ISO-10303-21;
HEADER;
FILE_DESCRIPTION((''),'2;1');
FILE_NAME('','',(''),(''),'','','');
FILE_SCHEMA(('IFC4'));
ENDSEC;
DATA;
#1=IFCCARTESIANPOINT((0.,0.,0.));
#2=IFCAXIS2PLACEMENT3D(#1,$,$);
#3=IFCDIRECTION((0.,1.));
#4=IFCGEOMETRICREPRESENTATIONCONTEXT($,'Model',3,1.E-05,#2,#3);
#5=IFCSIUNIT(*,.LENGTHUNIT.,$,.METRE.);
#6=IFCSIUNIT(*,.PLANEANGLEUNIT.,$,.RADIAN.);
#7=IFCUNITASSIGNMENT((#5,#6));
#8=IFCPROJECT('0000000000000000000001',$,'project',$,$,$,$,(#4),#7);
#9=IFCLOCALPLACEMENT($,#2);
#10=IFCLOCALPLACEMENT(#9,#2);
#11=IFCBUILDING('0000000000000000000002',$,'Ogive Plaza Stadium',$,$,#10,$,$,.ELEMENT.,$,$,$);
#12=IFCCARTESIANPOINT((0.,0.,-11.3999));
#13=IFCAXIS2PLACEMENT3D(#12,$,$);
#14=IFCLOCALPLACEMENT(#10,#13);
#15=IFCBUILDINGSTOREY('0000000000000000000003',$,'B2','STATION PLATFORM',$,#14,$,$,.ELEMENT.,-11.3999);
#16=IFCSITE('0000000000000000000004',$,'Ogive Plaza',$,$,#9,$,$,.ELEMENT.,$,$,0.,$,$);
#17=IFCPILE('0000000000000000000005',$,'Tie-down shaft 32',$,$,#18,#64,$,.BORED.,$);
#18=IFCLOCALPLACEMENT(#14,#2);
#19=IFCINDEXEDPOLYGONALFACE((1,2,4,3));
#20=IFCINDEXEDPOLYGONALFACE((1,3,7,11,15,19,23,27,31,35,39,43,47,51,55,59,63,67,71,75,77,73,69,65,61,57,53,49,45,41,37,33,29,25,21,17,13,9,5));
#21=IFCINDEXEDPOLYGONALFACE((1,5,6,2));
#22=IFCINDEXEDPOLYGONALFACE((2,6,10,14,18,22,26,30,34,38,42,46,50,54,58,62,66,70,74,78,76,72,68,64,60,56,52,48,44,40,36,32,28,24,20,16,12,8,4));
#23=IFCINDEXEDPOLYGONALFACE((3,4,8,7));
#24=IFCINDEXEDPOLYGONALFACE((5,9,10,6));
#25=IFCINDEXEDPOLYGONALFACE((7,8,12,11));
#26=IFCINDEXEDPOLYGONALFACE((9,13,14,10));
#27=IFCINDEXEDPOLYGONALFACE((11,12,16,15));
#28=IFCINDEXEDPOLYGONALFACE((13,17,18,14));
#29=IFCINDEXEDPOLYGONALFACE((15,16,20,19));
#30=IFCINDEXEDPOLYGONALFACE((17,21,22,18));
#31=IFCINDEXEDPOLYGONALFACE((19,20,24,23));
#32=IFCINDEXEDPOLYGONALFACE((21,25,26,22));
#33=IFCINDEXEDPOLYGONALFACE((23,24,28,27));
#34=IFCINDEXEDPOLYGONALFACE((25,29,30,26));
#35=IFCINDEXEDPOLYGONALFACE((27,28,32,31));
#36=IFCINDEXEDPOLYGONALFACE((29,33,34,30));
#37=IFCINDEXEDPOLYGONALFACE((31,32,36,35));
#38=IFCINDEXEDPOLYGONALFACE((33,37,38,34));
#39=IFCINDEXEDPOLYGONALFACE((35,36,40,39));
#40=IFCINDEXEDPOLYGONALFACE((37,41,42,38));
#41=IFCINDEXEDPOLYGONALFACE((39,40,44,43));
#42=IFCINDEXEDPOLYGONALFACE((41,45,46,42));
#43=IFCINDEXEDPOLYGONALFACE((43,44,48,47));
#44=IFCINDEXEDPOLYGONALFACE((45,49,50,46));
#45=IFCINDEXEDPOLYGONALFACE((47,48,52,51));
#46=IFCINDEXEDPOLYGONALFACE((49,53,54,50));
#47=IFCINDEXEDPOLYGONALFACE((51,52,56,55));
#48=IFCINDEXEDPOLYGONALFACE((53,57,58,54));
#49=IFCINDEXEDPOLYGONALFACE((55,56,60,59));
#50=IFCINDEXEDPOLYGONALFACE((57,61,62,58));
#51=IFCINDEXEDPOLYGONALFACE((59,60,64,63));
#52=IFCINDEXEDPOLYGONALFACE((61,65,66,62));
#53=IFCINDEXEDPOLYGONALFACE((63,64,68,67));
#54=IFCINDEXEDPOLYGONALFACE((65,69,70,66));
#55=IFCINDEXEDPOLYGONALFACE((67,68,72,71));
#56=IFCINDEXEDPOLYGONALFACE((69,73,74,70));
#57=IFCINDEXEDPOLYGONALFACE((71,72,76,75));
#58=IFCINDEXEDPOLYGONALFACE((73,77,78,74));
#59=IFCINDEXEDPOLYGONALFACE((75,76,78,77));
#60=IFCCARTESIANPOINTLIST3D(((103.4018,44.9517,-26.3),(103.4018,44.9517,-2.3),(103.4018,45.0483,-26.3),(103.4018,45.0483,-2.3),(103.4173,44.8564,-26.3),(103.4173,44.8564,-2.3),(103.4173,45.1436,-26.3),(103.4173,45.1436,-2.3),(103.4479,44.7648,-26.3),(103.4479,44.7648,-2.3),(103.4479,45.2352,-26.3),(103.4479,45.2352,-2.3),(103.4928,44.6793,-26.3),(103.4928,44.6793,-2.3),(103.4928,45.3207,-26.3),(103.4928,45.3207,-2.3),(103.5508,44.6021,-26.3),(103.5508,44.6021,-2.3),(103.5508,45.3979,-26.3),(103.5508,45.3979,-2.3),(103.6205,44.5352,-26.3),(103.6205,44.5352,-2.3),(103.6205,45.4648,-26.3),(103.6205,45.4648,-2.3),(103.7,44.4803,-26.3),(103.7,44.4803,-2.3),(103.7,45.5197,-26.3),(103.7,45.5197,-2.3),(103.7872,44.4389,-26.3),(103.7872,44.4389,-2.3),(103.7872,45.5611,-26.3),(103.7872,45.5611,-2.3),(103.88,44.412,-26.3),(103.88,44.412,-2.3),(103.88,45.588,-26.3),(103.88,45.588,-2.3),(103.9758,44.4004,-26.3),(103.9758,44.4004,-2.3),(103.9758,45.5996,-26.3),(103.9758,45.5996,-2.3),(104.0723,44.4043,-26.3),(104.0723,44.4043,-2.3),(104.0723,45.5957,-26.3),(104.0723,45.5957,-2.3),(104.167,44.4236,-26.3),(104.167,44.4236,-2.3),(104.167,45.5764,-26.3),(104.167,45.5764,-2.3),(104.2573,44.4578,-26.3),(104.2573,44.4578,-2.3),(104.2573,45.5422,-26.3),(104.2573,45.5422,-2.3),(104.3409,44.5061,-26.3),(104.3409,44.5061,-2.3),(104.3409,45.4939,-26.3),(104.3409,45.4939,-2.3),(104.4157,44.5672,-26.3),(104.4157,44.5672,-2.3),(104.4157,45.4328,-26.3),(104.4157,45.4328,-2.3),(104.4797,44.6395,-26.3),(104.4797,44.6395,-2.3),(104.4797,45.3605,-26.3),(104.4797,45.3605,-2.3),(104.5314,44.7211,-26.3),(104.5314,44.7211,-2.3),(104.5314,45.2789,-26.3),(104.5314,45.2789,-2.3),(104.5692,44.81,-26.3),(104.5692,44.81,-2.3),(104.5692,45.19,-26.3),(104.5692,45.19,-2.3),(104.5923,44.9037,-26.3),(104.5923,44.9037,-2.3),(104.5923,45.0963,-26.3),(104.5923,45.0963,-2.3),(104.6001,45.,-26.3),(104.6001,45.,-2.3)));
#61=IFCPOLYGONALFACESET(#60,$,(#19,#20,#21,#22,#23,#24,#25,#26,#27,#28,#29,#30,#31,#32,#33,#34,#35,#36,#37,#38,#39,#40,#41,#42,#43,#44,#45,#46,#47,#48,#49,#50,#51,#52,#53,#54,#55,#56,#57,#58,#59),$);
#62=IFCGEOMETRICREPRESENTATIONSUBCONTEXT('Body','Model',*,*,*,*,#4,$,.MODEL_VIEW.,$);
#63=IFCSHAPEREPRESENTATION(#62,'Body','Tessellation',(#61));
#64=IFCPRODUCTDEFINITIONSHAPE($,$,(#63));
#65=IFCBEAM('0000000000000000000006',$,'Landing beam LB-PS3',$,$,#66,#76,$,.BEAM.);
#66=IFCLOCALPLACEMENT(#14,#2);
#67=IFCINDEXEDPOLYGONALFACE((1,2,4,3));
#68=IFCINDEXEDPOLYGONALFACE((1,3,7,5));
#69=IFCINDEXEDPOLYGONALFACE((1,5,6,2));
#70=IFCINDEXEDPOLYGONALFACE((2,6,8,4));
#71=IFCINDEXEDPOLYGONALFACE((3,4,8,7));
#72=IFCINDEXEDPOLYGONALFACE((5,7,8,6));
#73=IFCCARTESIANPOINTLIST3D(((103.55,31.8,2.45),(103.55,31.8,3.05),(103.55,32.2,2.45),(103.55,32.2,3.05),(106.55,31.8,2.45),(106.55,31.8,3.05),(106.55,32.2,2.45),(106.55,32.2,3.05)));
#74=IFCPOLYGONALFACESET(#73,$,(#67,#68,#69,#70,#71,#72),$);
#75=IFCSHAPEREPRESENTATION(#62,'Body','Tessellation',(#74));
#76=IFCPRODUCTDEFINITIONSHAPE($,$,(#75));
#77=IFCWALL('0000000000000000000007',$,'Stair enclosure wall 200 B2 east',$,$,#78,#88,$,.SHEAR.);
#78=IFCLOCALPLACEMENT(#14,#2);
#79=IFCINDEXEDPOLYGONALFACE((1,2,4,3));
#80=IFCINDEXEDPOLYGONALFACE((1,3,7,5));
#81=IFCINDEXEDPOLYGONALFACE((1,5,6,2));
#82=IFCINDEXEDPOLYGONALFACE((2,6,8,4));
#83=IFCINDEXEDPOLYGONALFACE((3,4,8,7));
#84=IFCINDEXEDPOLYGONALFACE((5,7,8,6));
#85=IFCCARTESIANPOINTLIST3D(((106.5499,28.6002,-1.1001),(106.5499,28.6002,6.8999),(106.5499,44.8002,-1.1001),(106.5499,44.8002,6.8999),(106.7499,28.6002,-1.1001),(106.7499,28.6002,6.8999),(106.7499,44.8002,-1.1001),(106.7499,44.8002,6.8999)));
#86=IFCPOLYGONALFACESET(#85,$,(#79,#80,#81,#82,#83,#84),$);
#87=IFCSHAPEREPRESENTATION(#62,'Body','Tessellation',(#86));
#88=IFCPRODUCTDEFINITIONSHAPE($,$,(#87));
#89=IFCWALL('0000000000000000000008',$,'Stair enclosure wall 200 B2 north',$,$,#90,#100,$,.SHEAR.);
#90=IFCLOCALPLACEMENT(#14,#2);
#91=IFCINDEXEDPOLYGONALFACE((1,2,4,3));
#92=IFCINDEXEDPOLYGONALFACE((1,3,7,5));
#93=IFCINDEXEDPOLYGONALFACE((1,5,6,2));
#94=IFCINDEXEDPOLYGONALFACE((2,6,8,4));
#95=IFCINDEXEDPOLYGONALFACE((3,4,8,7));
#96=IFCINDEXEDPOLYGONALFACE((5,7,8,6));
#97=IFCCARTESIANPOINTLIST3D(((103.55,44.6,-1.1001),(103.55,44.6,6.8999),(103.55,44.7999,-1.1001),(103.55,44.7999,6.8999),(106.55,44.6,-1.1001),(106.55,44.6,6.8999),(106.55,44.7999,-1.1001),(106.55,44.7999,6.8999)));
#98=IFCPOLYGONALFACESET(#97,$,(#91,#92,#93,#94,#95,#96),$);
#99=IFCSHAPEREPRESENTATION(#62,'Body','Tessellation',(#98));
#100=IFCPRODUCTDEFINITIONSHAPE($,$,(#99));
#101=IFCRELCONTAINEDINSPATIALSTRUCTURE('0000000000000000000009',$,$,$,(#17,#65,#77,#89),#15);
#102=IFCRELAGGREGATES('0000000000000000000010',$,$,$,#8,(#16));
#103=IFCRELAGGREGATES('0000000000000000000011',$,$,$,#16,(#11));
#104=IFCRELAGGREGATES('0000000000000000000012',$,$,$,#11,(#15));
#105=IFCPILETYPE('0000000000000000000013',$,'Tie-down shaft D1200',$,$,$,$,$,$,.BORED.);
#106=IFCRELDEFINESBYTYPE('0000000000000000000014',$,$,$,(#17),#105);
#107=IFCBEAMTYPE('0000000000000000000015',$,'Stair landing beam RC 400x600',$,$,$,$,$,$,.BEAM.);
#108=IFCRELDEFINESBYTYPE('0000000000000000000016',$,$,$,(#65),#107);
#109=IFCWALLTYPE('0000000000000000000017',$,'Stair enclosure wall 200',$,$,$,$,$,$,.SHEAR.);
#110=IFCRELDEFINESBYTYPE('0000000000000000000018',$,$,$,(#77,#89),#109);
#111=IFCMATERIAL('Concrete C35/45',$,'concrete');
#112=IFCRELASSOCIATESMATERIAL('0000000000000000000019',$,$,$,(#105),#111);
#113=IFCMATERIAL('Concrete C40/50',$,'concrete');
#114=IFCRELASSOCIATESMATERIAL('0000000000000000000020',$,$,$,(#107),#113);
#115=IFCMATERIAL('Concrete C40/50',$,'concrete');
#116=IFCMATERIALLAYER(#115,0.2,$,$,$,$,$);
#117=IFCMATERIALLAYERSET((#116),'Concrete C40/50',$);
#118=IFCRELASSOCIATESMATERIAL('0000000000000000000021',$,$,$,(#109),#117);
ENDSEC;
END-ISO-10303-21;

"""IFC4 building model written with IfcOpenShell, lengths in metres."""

from ifc_helpers import new_model, si_unit, direction, frame, frame_2d, origin, origin_2d, place, context, subcontext, project, spatial, rectangle, circle, extrude, material, layer, layer_set, material_profile, profile_set, type_object, element, save


model = new_model("IFC4")

# Units and contexts
model_context = context("Model", 3, precision=1e-05, world=origin(), true_north=direction((0.0, 1.0)))
body_context = subcontext(model_context, "Body", "Model", "MODEL_VIEW")
ifc_project = project(units=[si_unit("LENGTHUNIT", "METRE"), si_unit("PLANEANGLEUNIT", "RADIAN")], contexts=[model_context])

# Site, building, storey
site_placement = place(None, origin())
site = spatial("IfcSite", under=ifc_project, at=site_placement, Name="Ogive Plaza", CompositionType="ELEMENT", RefElevation=0.0)
building_placement = place(site_placement, origin())
building = spatial("IfcBuilding", under=site, at=building_placement, Name="Ogive Plaza Stadium", CompositionType="ELEMENT")
storey_placement = place(building_placement, frame((0.0, 0.0, -11.3999)))
storey = spatial("IfcBuildingStorey", under=building, at=storey_placement, Name="B2", Description="STATION PLATFORM", CompositionType="ELEMENT", Elevation=-11.3999)

# Pile
ifc_material_1 = material(Name="Concrete C35/45", Category="concrete")
ifc_material_profile_1 = material_profile(ifc_material_1, circle(Radius=0.6001, at=origin_2d()), Name="Tie-down shaft D1200")
ifc_profile_set_1 = profile_set([ifc_material_profile_1], Name="Concrete C35/45")
pile_type = type_object("IfcPileType", Name="Tie-down shaft D1200", PredefinedType="BORED", material=ifc_profile_set_1)
for number, where, z_axis, x_axis, name in (
    (1, (104.0, 45.0, -2.3), (0.0, 0.0, -1.0), (1.0, 0.0, 0.0), "Tie-down shaft 32"),
):
    element("IfcPile", number, at=place(storey_placement, frame(where, z_axis=z_axis, x_axis=x_axis)), inside=storey, type_object=pile_type, Name=name, PredefinedType="BORED", context=body_context, shape_type="SweptSolid", body=[
        extrude(circle(Radius=0.6001, at=origin_2d()), origin(), (0.0, 0.0, 1.0), 24.0),
    ])

# Beam
ifc_material_2 = material(Name="Concrete C40/50", Category="concrete")
ifc_material_profile_2 = material_profile(ifc_material_2, rectangle(XDim=0.3999, YDim=0.6001, at=origin_2d()), Name="Stair landing beam RC 400x600")
ifc_profile_set_2 = profile_set([ifc_material_profile_2], Name="Concrete C40/50")
beam_type = type_object("IfcBeamType", Name="Stair landing beam RC 400x600", PredefinedType="BEAM", material=ifc_profile_set_2)
beam_placement = place(storey_placement, frame((103.55, 32.0, 2.75), z_axis=(1.0, 0.0, 0.0), x_axis=(0.0, 1.0, 0.0)))
element("IfcBeam", 2, at=beam_placement, inside=storey, type_object=beam_type, Name="Landing beam LB-PS3", PredefinedType="BEAM", context=body_context, shape_type="SweptSolid", body=[
    extrude(rectangle(XDim=0.3999, YDim=0.6001, at=origin_2d()), origin(), (0.0, 0.0, 1.0), 3.0),
])

# Shared definitions
ifc_material_3 = material(Name="Concrete C40/50", Category="concrete")
ifc_layer_1 = layer(ifc_material_3, 0.2)
ifc_layer_set_1 = layer_set([ifc_layer_1], Name="Concrete C40/50")
wall_type_1 = type_object("IfcWallType", Name="Stair enclosure wall 200", PredefinedType="SHEAR", material=ifc_layer_set_1)

# Walls
wall_1_placement = place(storey_placement, frame((106.6499, 28.6001, -1.1001), z_axis=(0.0, 0.0, 1.0), x_axis=(0.0, 1.0, 0.0)))
element("IfcWall", 3, at=wall_1_placement, inside=storey, type_object=wall_type_1, Name="Stair enclosure wall 200 B2 east", PredefinedType="SHEAR", context=body_context, shape_type="SweptSolid", body=[
    extrude(rectangle(XDim=16.2, YDim=0.2, at=frame_2d((8.1001, 0.0))), origin(), (0.0, 0.0, 1.0), 8.0),
])
wall_2_placement = place(storey_placement, frame((103.55, 44.7, -1.1001), z_axis=(0.0, 0.0, 1.0), x_axis=(1.0, 0.0, 0.0)))
element("IfcWall", 4, at=wall_2_placement, inside=storey, type_object=wall_type_1, Name="Stair enclosure wall 200 B2 north", PredefinedType="SHEAR", context=body_context, shape_type="SweptSolid", body=[
    extrude(rectangle(XDim=3.0, YDim=0.2, at=frame_2d((1.5, 0.0))), origin(), (0.0, 0.0, 1.0), 8.0),
])

save(model, "model.ifc")
